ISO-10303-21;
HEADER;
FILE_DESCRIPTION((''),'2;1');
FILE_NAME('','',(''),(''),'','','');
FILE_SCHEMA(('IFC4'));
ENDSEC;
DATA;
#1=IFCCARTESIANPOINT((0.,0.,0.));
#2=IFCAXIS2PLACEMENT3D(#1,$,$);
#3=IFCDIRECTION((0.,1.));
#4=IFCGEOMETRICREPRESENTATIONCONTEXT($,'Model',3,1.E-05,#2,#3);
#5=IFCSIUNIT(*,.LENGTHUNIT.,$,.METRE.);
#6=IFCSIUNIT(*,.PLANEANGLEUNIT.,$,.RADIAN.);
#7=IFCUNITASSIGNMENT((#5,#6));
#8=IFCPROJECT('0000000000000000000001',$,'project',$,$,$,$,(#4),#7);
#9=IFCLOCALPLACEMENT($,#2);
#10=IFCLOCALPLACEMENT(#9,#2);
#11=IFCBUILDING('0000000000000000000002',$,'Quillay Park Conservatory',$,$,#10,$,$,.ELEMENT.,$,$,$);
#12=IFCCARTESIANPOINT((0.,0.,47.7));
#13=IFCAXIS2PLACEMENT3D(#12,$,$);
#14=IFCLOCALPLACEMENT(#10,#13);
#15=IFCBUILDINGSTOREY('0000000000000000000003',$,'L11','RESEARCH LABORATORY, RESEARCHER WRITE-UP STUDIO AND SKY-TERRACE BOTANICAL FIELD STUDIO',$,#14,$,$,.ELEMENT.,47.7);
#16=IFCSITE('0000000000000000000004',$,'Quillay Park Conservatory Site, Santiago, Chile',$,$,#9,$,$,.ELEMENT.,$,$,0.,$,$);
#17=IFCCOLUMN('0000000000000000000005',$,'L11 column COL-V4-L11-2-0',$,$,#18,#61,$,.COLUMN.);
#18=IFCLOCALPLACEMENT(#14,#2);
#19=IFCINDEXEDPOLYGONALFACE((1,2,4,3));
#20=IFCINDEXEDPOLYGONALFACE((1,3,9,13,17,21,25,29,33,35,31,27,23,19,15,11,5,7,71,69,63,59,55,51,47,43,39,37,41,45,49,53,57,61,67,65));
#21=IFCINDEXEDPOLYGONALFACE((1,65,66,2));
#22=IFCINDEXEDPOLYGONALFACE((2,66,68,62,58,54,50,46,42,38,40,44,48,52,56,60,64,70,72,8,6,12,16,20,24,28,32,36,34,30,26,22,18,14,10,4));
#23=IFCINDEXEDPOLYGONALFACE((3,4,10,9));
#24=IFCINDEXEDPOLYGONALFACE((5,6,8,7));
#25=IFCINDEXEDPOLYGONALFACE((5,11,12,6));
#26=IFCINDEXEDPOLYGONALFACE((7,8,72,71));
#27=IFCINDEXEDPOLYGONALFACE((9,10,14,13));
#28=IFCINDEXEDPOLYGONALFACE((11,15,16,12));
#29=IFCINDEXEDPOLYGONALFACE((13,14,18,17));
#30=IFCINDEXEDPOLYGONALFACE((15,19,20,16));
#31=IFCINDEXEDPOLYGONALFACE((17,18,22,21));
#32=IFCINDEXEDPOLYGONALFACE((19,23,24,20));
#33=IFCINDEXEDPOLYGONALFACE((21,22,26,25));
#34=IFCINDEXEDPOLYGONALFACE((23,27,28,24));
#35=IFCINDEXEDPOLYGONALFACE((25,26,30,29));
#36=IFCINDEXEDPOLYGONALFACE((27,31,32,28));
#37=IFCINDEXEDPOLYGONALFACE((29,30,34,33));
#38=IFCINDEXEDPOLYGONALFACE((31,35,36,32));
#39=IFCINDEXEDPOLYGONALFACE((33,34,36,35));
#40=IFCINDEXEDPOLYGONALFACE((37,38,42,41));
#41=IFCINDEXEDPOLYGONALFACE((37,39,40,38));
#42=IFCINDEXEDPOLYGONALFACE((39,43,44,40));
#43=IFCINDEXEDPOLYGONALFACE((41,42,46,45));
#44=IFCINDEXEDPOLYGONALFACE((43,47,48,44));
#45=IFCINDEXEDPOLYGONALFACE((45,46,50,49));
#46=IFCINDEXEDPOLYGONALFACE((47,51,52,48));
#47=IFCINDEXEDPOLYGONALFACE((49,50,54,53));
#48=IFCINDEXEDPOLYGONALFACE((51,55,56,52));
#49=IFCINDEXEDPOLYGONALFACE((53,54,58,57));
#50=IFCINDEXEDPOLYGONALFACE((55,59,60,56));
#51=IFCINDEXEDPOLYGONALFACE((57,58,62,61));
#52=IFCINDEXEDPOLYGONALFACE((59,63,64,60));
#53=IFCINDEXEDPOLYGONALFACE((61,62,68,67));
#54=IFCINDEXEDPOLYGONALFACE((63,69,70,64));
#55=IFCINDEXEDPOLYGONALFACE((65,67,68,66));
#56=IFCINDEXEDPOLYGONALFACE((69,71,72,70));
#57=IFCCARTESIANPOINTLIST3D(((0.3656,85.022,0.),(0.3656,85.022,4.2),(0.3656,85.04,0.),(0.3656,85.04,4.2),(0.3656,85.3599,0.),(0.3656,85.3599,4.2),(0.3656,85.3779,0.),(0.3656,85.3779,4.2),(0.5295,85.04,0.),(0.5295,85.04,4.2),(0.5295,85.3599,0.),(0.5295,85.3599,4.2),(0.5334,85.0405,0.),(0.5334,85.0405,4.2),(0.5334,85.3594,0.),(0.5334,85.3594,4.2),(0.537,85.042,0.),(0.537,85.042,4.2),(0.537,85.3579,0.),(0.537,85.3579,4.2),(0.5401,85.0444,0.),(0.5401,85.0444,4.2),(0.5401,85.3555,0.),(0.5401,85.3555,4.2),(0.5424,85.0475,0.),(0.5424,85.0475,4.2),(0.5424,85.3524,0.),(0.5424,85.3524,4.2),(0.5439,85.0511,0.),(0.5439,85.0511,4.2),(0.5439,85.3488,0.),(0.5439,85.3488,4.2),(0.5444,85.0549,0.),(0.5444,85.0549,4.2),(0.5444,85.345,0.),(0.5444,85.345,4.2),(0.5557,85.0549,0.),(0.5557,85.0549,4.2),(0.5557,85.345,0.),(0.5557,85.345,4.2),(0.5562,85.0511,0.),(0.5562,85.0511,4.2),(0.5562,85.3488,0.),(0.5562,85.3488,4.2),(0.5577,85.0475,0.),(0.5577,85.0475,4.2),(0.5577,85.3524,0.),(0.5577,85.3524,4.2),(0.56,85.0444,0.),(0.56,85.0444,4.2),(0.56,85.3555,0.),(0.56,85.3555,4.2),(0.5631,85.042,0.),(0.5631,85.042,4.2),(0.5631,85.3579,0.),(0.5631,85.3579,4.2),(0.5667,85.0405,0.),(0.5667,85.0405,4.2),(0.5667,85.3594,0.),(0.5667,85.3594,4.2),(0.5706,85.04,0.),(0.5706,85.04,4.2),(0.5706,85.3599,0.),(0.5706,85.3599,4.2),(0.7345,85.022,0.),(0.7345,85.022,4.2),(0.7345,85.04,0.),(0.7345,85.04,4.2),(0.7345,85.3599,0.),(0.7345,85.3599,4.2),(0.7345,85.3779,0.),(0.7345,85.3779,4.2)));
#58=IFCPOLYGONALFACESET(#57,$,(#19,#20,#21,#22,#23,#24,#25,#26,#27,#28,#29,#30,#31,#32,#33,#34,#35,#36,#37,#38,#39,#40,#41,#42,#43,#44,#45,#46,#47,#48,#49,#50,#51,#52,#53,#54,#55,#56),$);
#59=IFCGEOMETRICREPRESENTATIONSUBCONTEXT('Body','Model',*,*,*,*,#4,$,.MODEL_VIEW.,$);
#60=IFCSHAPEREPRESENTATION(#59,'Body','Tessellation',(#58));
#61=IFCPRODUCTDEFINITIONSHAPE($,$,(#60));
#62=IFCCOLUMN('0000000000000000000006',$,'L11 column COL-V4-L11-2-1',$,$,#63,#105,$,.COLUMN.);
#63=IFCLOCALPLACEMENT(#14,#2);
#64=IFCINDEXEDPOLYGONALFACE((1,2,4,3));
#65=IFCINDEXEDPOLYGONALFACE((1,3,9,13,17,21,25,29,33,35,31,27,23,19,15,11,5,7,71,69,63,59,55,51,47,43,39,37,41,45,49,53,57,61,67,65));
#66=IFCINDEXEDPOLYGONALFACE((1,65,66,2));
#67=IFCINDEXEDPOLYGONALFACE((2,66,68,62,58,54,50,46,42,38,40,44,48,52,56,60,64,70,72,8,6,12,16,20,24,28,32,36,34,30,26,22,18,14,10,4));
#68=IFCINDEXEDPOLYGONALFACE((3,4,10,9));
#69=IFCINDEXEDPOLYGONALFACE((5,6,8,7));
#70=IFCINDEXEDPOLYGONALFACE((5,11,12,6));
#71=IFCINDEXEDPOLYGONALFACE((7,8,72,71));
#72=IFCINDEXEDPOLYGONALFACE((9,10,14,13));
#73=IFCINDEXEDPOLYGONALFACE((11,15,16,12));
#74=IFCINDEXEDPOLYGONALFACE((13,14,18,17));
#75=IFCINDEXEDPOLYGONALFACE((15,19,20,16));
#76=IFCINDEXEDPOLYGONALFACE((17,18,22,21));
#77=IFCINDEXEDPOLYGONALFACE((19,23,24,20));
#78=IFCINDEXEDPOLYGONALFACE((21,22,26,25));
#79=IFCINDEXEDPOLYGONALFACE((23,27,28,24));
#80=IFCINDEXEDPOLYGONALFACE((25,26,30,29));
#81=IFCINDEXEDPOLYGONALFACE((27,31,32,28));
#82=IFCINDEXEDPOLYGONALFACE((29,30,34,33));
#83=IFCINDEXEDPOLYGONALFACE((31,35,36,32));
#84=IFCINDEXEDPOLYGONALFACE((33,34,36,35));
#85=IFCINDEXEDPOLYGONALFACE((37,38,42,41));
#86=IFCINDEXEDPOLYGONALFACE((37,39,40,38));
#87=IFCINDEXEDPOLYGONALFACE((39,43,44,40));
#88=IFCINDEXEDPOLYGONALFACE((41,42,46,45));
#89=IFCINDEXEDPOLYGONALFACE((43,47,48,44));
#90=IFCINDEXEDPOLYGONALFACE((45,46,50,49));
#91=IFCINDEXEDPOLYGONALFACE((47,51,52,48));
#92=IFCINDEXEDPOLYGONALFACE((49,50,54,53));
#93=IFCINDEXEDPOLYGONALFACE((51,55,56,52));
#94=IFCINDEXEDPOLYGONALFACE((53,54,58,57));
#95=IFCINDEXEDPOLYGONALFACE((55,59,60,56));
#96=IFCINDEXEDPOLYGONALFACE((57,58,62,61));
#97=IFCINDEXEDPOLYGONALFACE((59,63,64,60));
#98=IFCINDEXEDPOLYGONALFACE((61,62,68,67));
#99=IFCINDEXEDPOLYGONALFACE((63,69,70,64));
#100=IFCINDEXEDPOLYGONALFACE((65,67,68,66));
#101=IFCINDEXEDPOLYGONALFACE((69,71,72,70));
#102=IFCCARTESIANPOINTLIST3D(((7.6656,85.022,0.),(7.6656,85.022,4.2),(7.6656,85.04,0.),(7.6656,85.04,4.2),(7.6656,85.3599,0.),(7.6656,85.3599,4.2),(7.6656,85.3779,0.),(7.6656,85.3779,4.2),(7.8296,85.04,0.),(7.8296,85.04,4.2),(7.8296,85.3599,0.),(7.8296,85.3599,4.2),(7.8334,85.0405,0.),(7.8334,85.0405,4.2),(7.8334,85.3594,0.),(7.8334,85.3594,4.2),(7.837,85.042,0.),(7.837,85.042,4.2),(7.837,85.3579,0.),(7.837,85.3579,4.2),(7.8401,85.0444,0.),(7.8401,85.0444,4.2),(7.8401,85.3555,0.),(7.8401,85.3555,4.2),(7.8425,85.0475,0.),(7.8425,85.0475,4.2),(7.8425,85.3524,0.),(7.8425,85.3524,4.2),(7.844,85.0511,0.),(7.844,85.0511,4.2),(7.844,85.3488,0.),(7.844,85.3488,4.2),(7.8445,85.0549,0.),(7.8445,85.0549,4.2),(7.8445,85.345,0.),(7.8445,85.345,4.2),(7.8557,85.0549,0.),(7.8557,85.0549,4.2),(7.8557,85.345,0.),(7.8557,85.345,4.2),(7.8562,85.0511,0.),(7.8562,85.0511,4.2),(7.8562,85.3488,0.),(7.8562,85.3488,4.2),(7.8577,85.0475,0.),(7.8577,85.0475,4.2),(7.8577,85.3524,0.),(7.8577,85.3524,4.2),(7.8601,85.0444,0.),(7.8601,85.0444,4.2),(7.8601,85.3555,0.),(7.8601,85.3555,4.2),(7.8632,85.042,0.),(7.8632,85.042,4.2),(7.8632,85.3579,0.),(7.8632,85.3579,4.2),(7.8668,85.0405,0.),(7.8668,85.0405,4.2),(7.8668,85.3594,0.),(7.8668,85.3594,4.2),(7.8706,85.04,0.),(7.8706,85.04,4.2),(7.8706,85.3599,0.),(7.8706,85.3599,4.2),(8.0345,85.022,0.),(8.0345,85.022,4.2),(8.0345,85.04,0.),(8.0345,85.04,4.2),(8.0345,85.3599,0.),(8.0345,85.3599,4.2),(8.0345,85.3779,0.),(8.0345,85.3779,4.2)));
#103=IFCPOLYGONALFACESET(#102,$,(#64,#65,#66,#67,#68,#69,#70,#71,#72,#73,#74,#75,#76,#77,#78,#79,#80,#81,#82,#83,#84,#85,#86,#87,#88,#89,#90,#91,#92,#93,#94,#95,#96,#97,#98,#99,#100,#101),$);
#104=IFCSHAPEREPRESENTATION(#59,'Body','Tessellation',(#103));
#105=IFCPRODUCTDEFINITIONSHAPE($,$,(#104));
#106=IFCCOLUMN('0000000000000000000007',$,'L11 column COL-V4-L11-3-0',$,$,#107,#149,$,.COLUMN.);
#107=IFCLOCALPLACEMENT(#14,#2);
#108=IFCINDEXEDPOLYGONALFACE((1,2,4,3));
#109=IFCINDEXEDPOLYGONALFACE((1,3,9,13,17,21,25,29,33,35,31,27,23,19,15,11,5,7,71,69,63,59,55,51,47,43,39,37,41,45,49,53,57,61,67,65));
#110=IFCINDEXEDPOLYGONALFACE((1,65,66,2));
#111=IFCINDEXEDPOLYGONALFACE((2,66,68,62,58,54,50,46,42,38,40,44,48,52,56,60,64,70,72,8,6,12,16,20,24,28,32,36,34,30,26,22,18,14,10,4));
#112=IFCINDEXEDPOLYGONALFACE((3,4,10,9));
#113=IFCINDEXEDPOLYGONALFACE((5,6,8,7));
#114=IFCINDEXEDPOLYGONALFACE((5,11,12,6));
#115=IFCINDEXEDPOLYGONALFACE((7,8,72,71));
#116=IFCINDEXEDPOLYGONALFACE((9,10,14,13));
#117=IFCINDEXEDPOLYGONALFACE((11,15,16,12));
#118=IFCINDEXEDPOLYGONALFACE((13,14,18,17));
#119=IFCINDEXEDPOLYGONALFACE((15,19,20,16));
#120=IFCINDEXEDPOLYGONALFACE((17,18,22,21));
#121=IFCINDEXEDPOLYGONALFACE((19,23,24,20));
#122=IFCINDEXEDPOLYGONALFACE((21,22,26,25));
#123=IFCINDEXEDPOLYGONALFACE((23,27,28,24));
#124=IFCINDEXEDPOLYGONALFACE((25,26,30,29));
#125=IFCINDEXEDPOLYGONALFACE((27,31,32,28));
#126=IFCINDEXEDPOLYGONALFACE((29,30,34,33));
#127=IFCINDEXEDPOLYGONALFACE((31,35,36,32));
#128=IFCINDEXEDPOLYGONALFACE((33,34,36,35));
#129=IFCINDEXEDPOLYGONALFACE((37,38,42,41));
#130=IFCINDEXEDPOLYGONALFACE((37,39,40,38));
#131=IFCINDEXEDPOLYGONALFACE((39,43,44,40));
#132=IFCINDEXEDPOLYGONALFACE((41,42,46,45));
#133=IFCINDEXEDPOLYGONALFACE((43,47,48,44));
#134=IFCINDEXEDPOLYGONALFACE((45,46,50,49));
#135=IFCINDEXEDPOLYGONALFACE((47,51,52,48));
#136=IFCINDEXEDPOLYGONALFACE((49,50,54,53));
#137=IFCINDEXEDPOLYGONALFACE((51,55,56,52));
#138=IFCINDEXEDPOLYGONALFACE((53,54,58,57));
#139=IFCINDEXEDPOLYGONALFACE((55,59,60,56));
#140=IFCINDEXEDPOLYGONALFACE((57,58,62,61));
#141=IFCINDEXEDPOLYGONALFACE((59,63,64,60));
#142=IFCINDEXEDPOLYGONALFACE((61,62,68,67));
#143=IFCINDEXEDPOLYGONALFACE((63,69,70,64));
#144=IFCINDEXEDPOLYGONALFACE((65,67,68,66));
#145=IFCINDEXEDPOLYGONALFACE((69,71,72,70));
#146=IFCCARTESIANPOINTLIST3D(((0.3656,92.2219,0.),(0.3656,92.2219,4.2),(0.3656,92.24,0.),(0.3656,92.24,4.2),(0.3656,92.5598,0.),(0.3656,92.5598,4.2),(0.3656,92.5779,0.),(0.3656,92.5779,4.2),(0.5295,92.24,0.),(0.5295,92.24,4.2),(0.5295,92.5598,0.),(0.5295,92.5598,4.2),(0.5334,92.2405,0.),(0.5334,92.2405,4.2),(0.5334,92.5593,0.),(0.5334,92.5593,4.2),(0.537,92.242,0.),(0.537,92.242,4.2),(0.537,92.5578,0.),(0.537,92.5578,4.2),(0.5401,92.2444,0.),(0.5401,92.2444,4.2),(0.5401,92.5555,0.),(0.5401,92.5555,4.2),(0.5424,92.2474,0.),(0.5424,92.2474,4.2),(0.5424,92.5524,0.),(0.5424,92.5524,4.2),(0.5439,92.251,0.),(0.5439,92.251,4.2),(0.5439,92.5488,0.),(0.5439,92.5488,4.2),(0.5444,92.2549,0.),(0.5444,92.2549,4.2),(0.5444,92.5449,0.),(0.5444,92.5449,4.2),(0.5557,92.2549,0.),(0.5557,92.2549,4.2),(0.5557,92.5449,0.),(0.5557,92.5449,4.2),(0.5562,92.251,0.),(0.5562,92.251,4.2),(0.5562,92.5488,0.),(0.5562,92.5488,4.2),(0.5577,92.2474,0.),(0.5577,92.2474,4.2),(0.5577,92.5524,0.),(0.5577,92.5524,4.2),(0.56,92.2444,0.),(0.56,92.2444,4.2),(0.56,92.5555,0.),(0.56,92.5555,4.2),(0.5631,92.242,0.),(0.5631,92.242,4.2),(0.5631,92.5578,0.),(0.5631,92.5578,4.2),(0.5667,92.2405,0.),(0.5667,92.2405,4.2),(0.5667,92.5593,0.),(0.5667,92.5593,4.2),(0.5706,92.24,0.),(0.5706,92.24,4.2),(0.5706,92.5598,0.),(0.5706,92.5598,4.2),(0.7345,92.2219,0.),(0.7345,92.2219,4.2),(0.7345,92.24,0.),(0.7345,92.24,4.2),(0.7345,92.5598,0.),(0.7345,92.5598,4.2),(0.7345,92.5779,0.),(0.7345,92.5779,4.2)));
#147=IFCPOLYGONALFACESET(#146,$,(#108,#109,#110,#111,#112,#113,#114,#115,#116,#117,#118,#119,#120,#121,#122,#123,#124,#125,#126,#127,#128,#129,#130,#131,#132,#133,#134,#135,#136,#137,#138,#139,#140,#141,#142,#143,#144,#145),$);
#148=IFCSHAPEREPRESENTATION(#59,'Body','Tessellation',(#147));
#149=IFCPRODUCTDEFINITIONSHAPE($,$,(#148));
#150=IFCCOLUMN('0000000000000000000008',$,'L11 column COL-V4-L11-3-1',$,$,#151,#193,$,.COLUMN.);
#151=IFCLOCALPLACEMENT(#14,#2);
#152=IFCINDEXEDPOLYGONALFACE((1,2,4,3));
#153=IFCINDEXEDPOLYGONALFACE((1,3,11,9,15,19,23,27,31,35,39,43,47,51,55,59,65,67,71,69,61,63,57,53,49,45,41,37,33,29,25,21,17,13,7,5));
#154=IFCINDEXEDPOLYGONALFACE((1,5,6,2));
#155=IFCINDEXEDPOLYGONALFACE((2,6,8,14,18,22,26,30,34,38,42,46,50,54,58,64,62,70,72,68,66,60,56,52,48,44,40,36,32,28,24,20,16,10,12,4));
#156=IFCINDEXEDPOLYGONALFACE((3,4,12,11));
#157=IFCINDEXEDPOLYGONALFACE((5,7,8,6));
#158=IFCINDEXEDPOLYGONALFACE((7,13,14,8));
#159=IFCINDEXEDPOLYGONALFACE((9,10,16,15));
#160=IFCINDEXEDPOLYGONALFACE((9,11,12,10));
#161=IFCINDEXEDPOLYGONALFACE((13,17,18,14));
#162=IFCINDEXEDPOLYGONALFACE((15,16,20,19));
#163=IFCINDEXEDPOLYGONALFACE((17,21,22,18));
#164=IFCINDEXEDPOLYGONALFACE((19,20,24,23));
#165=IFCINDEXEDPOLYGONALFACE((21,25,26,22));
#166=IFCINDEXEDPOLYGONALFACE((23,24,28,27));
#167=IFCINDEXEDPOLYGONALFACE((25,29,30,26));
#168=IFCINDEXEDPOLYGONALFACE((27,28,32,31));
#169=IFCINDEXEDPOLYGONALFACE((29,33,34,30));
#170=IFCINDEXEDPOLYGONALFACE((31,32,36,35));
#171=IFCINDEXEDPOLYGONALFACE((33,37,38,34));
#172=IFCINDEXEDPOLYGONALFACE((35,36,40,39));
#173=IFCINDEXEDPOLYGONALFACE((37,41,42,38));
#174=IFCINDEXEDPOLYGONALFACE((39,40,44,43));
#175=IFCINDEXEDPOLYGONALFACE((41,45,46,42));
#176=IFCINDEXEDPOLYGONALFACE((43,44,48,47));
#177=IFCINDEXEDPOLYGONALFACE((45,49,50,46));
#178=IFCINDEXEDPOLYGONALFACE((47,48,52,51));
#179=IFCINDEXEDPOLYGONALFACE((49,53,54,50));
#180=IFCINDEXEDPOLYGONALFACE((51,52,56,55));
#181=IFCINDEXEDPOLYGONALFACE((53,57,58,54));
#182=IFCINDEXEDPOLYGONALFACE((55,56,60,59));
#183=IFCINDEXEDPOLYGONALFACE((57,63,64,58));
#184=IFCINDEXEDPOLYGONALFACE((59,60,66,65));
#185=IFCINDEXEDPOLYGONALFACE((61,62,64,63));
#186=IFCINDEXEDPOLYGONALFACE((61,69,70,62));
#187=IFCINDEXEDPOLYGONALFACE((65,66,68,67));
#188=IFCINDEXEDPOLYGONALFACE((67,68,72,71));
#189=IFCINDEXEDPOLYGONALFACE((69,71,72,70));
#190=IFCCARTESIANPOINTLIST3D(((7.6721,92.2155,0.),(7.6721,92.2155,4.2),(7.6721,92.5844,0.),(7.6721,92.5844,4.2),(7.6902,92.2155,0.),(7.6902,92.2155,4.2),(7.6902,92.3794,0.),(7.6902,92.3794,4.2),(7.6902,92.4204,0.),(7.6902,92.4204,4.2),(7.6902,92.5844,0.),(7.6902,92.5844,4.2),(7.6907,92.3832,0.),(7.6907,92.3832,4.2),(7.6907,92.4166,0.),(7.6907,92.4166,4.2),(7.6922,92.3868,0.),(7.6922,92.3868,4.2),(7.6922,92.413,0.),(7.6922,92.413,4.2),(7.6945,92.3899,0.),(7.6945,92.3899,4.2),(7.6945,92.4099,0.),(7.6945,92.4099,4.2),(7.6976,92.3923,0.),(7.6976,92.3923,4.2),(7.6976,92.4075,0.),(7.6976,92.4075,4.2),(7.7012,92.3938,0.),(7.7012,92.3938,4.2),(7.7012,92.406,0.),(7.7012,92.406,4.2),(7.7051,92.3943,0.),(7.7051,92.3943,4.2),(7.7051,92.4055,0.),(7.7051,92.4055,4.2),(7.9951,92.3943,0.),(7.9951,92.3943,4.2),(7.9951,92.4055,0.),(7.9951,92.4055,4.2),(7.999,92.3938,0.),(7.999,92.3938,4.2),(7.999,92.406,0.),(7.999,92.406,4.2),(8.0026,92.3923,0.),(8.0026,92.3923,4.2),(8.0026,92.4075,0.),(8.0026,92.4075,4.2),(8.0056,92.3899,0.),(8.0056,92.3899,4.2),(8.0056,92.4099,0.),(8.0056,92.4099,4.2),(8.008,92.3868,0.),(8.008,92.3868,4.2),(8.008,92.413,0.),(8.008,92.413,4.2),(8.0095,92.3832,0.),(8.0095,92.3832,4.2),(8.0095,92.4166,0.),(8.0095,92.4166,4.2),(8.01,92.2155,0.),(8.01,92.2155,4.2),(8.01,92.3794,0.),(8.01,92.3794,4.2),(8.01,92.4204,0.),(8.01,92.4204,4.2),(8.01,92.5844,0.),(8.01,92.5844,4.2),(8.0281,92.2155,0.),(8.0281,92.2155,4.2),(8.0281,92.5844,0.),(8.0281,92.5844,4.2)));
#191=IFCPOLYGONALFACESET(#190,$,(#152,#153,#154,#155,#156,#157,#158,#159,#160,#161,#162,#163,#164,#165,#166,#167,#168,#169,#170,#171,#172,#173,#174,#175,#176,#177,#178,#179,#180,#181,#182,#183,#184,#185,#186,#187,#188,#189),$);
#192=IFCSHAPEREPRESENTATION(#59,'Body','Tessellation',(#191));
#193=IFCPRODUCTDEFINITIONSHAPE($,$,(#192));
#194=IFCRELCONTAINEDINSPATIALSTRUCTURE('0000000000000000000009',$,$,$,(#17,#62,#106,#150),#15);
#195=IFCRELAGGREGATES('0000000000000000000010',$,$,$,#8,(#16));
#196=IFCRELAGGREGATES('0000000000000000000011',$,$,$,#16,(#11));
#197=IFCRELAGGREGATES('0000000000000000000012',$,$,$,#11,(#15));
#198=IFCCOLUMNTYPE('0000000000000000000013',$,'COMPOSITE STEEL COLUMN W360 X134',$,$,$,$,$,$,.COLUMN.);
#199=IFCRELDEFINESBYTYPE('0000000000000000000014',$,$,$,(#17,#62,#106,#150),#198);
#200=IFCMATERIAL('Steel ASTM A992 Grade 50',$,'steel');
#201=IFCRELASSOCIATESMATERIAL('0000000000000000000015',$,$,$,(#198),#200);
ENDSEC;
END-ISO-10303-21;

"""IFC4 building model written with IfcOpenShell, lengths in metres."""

from ifc_helpers import new_model, si_unit, direction, frame, origin, origin_2d, place, context, subcontext, project, spatial, i_section, extrude, material, material_profile, profile_set, type_object, element, save


model = new_model("IFC4")

# Units and contexts
model_context = context("Model", 3, precision=1e-05, world=origin(), true_north=direction((0.0, 1.0)))
body_context = subcontext(model_context, "Body", "Model", "MODEL_VIEW")
ifc_project = project(units=[si_unit("LENGTHUNIT", "METRE"), si_unit("PLANEANGLEUNIT", "RADIAN")], contexts=[model_context])

# Site, building, storey
site_placement = place(None, origin())
site = spatial("IfcSite", under=ifc_project, at=site_placement, Name="Quillay Park Conservatory Site, Santiago, Chile", CompositionType="ELEMENT", RefElevation=0.0)
building_placement = place(site_placement, origin())
building = spatial("IfcBuilding", under=site, at=building_placement, Name="Quillay Park Conservatory", CompositionType="ELEMENT")
storey_placement = place(building_placement, frame((0.0, 0.0, 47.7)))
storey = spatial("IfcBuildingStorey", under=building, at=storey_placement, Name="L11", Description="RESEARCH LABORATORY, RESEARCHER WRITE-UP STUDIO AND SKY-TERRACE BOTANICAL FIELD STUDIO", CompositionType="ELEMENT", Elevation=47.7)

# Columns
ifc_material_1 = material(Name="Steel ASTM A992 Grade 50", Category="steel")
ifc_material_profile_1 = material_profile(ifc_material_1, i_section(OverallWidth=0.3689, OverallDepth=0.356, WebThickness=0.0112, FlangeThickness=0.0181, FilletRadius=0.0149, at=origin_2d()), Name="W360x134")
ifc_profile_set_1 = profile_set([ifc_material_profile_1], Name="Steel ASTM A992 Grade 50")
column_type = type_object("IfcColumnType", Name="COMPOSITE STEEL COLUMN W360 X134", PredefinedType="COLUMN", material=ifc_profile_set_1)
for number, where, z_axis, x_axis, name in (
    (1, (0.55, 85.2, 0.0), (0.0, 0.0, 1.0), (1.0, 0.0, 0.0), "L11 column COL-V4-L11-2-0"),
    (2, (7.8501, 85.2, 0.0), (0.0, 0.0, 1.0), (1.0, 0.0, 0.0), "L11 column COL-V4-L11-2-1"),
    (3, (0.55, 92.3999, 0.0), (0.0, 0.0, 1.0), (1.0, 0.0, 0.0), "L11 column COL-V4-L11-3-0"),
    (4, (7.8501, 92.3999, 0.0), (0.0, 0.0, 1.0), (0.0, 1.0, 0.0), "L11 column COL-V4-L11-3-1"),
):
    element("IfcColumn", number, at=place(storey_placement, frame(where, z_axis=z_axis, x_axis=x_axis)), inside=storey, type_object=column_type, Name=name, PredefinedType="COLUMN", context=body_context, shape_type="SweptSolid", body=[
        extrude(i_section(OverallWidth=0.3689, OverallDepth=0.356, WebThickness=0.0112, FlangeThickness=0.0181, FilletRadius=0.0149, at=origin_2d()), origin(), (0.0, 0.0, 1.0), 4.2),
    ])

save(model, "model.ifc")
